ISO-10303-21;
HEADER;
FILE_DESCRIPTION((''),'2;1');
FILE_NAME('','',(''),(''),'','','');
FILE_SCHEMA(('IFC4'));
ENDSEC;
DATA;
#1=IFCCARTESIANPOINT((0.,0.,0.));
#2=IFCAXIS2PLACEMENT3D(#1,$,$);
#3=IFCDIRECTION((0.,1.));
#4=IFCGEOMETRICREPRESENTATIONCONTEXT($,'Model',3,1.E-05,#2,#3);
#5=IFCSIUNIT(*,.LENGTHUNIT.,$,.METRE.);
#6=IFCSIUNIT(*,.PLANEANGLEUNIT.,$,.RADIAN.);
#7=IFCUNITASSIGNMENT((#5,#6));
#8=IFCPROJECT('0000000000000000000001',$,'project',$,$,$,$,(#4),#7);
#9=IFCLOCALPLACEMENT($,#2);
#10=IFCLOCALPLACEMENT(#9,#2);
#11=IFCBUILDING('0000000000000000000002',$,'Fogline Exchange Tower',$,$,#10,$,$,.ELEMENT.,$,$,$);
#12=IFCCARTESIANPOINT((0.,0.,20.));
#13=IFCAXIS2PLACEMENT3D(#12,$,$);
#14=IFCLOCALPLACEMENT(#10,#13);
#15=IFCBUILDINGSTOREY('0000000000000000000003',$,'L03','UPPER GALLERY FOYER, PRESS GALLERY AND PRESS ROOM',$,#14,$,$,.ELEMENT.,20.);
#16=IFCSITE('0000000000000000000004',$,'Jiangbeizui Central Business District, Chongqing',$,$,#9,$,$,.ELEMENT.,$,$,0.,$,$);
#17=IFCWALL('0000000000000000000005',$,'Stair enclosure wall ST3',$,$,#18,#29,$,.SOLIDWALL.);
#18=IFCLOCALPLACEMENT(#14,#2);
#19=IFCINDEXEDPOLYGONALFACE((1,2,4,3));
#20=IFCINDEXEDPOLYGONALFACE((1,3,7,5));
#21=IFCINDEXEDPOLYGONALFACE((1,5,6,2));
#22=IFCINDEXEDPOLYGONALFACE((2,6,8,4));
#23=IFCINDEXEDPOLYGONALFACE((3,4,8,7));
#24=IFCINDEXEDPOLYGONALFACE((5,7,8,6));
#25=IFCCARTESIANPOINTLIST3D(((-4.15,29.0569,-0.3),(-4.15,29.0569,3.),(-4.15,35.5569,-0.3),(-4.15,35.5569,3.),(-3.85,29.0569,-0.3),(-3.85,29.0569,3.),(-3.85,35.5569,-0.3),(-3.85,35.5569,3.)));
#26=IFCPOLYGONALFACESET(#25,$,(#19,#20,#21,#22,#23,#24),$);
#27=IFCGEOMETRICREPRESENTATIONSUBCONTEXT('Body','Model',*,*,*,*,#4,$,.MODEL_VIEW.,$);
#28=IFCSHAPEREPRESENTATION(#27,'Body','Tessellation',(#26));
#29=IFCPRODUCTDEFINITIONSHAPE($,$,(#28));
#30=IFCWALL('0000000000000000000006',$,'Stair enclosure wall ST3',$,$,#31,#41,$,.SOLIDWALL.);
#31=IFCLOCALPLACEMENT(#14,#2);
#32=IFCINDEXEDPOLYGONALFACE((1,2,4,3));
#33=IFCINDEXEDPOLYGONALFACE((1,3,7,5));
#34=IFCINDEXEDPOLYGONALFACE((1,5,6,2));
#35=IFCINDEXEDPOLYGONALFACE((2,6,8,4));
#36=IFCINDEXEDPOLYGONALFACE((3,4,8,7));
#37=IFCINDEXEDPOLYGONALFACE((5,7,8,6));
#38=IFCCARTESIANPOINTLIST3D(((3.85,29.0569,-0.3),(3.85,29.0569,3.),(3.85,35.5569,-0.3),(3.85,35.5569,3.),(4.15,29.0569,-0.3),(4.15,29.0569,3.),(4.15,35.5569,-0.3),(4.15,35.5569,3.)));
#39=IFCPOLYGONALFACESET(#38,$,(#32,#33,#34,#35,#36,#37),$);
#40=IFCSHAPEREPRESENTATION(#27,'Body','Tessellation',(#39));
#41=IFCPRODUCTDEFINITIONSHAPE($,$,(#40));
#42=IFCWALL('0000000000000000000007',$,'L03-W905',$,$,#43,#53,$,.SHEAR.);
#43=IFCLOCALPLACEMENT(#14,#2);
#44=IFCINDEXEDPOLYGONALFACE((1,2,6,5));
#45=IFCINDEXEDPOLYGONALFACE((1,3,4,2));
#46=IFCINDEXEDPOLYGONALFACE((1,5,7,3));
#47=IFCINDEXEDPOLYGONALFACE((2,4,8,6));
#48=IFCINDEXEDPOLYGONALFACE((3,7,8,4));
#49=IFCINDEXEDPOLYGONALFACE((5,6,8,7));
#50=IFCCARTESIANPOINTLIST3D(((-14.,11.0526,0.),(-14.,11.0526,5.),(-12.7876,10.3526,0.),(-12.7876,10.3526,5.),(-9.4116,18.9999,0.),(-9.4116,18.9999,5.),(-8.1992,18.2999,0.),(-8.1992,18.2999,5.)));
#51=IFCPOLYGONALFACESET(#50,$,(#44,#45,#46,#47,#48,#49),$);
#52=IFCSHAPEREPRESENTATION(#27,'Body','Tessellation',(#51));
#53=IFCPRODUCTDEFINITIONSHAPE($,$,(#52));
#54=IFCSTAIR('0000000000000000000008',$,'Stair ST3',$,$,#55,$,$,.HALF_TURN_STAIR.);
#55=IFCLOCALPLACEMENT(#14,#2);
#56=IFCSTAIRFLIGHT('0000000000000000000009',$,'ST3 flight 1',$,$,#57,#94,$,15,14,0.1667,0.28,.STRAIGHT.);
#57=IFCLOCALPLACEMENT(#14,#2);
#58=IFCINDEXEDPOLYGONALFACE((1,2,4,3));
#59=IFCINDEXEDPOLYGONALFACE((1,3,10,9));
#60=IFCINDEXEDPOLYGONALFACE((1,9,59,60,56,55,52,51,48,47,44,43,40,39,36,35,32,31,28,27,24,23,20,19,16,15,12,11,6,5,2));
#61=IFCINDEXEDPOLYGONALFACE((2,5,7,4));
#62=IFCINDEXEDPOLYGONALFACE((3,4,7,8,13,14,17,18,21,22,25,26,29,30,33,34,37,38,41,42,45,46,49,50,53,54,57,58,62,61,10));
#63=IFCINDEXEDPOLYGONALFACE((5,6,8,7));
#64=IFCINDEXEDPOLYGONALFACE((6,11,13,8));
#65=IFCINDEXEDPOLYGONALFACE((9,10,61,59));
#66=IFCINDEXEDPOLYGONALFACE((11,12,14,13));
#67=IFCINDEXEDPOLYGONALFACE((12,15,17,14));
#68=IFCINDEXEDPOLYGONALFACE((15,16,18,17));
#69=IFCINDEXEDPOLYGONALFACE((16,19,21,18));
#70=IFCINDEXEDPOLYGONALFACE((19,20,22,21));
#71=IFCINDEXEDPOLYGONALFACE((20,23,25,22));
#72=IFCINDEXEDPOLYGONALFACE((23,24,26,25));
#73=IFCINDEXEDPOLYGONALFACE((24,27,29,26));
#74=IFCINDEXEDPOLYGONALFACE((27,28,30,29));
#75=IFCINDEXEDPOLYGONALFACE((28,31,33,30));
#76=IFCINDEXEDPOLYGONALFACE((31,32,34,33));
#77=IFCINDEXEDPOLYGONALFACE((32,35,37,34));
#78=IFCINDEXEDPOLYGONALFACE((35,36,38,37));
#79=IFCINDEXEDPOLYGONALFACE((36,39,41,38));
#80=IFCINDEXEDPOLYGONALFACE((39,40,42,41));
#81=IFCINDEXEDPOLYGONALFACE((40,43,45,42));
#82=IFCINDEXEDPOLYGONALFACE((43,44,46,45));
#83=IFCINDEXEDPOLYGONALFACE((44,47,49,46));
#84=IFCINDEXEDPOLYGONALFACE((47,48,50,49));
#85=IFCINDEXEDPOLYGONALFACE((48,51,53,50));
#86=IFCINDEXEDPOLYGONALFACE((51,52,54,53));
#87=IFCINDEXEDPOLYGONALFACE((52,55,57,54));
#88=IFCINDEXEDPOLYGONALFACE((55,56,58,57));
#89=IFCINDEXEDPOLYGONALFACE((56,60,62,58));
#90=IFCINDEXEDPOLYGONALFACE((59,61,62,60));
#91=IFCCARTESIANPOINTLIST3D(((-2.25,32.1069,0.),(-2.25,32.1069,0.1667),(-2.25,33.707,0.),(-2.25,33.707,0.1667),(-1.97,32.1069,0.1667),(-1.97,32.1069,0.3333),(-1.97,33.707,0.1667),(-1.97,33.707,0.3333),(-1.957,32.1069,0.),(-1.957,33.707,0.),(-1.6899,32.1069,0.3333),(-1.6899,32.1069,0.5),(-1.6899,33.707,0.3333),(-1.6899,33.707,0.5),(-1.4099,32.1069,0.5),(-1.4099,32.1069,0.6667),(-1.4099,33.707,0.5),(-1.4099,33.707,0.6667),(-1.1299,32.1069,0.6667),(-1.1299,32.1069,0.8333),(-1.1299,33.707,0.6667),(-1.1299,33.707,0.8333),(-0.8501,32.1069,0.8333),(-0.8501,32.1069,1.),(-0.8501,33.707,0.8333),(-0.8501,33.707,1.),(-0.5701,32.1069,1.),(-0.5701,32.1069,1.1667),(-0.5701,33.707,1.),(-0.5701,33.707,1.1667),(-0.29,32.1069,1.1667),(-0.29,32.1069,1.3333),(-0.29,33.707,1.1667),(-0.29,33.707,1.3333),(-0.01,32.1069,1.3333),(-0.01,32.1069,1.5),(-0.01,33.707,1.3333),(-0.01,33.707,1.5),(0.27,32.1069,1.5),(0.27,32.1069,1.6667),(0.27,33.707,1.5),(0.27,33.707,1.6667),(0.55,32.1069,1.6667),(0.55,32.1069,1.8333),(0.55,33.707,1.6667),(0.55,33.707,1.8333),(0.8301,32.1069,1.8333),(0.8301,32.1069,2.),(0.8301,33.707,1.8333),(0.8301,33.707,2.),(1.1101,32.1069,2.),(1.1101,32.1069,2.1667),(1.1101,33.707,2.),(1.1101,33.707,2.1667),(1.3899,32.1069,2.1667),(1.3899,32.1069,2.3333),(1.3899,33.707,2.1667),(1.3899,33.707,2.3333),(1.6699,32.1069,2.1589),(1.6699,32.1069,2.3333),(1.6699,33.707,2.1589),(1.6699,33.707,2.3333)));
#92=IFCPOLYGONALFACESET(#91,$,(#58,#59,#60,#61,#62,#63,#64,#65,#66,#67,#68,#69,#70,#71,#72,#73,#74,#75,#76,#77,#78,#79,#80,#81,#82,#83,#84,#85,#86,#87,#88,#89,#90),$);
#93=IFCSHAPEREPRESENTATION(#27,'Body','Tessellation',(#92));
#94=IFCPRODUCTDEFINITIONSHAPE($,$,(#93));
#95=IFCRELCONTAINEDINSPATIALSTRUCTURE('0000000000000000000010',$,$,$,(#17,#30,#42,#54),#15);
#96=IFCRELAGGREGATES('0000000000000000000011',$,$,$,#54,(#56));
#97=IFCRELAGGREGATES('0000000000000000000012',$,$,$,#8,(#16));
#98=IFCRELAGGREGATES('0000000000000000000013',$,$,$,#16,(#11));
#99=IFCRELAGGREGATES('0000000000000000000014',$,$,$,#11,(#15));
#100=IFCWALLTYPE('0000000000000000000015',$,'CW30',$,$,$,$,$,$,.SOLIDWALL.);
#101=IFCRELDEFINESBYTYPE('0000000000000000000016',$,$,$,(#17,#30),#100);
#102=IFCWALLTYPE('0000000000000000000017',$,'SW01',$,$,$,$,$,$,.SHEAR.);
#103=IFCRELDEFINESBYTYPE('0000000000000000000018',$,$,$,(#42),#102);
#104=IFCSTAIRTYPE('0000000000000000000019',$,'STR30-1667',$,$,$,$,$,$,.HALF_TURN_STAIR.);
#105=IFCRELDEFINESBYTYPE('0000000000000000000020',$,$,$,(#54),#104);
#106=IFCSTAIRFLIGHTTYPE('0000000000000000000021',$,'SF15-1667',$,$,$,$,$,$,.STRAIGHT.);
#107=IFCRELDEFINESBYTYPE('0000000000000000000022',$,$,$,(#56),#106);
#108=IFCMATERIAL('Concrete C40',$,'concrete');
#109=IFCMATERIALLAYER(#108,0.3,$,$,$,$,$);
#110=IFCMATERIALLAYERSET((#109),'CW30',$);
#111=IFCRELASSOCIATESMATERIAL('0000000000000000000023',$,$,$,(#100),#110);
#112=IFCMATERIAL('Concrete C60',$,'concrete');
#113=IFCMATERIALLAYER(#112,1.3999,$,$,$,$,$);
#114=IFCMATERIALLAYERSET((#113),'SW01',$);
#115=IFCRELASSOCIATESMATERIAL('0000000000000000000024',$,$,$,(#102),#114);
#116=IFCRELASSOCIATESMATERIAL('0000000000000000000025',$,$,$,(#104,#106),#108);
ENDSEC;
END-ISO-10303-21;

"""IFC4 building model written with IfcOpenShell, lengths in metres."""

from ifc_helpers import new_model, si_unit, direction, frame, frame_2d, origin, place, context, subcontext, project, spatial, polyline, rectangle, outline, extrude, material, layer, layer_set, type_object, element, aggregate, save


model = new_model("IFC4")

# Units and contexts
model_context = context("Model", 3, precision=1e-05, world=origin(), true_north=direction((0.0, 1.0)))
body_context = subcontext(model_context, "Body", "Model", "MODEL_VIEW")
ifc_project = project(units=[si_unit("LENGTHUNIT", "METRE"), si_unit("PLANEANGLEUNIT", "RADIAN")], contexts=[model_context])

# Site, building, storey
site_placement = place(None, origin())
site = spatial("IfcSite", under=ifc_project, at=site_placement, Name="Jiangbeizui Central Business District, Chongqing", CompositionType="ELEMENT", RefElevation=0.0)
building_placement = place(site_placement, origin())
building = spatial("IfcBuilding", under=site, at=building_placement, Name="Fogline Exchange Tower", CompositionType="ELEMENT")
storey_placement = place(building_placement, frame((0.0, 0.0, 20.0)))
storey = spatial("IfcBuildingStorey", under=building, at=storey_placement, Name="L03", Description="UPPER GALLERY FOYER, PRESS GALLERY AND PRESS ROOM", CompositionType="ELEMENT", Elevation=20.0)

# Shared definitions
ifc_material_1 = material(Name="Concrete C40", Category="concrete")

# Shared definitions
ifc_layer_1 = layer(ifc_material_1, 0.3)
ifc_layer_set_1 = layer_set([ifc_layer_1], Name="CW30")
wall_type_1 = type_object("IfcWallType", Name="CW30", PredefinedType="SOLIDWALL", material=ifc_layer_set_1)

# Walls
for number, where, z_axis, x_axis, name in (
    (1, (-4.0, 29.0569, -0.3), (0.0, 0.0, 1.0), (0.0, 1.0, 0.0), "Stair enclosure wall ST3"),
    (2, (4.0, 29.0569, -0.3), (0.0, 0.0, 1.0), (0.0, 1.0, 0.0), "Stair enclosure wall ST3"),
):
    element("IfcWall", number, at=place(storey_placement, frame(where, z_axis=z_axis, x_axis=x_axis)), inside=storey, type_object=wall_type_1, Name=name, PredefinedType="SOLIDWALL", context=body_context, shape_type="SweptSolid", body=[
        extrude(rectangle(XDim=6.5, YDim=0.3, at=frame_2d((3.25, 0.0))), origin(), (0.0, 0.0, 1.0), 3.3),
    ])

# Wall
ifc_material_2 = material(Name="Concrete C60", Category="concrete")
ifc_layer_2 = layer(ifc_material_2, 1.3999)
ifc_layer_set_2 = layer_set([ifc_layer_2], Name="SW01")
wall_type_2 = type_object("IfcWallType", Name="SW01", PredefinedType="SHEAR", material=ifc_layer_set_2)
wall_1_placement = place(storey_placement, frame((-8.8054, 18.6499, 0.0), z_axis=(0.0, 0.0, 1.0), x_axis=(-0.500002, -0.866024, 0.0)))
element("IfcWall", 3, at=wall_1_placement, inside=storey, type_object=wall_type_2, Name="L03-W905", PredefinedType="SHEAR", context=body_context, shape_type="SweptSolid", body=[
    extrude(rectangle(XDim=9.1768, YDim=1.3999, at=frame_2d((4.5884, 0.0))), origin(), (0.0, 0.0, 1.0), 5.0),
])

# Stair, stair flight
stair_type = type_object("IfcStairType", Name="STR30-1667", PredefinedType="HALF_TURN_STAIR", material=ifc_material_1)
stair_placement = place(storey_placement, origin())
stair = element("IfcStair", 4, at=stair_placement, inside=storey, type_object=stair_type, Name="Stair ST3", PredefinedType="HALF_TURN_STAIR")
stair_flight_type = type_object("IfcStairFlightType", Name="SF15-1667", PredefinedType="STRAIGHT", material=ifc_material_1)
stair_flight_placement = place(storey_placement, frame((-2.25, 32.907, 0.0), z_axis=(0.0, 0.0, 1.0), x_axis=(1.0, 0.0, 0.0)))
stair_flight = element("IfcStairFlight", 5, at=stair_flight_placement, type_object=stair_flight_type, Name="ST3 flight 1", NumberOfRisers=15, NumberOfTreads=14, PredefinedType="STRAIGHT", RiserHeight=0.1667, TreadLength=0.28, context=body_context, shape_type="SweptSolid", body=[
    extrude(outline(polyline([(0.0, 0.0), (0.0, 0.1667), (0.28, 0.1667), (0.28, 0.3333), (0.5601, 0.3333), (0.5601, 0.5), (0.8401, 0.5), (0.8401, 0.6667), (1.1201, 0.6667), (1.1201, 0.8333), (1.3999, 0.8333), (1.3999, 1.0), (1.6799, 1.0), (1.6799, 1.1667), (1.96, 1.1667), (1.96, 1.3333), (2.24, 1.3333), (2.24, 1.5), (2.52, 1.5), (2.52, 1.6667), (2.8, 1.6667), (2.8, 1.8333), (3.0801, 1.8333), (3.0801, 2.0), (3.3601, 2.0), (3.3601, 2.1667), (3.6399, 2.1667), (3.6399, 2.3333), (3.9199, 2.3333), (3.9199, 2.5), (3.9199, 2.1589), (0.293, 0.0), (0.0, 0.0)])), frame((0.0, 0.8, 0.0), z_axis=(0.0, -1.0, 0.0), x_axis=(1.0, 0.0, 0.0)), (0.0, 0.0, 1.0), 1.6001),
])
aggregate(stair, [stair_flight])

save(model, "model.ifc")
